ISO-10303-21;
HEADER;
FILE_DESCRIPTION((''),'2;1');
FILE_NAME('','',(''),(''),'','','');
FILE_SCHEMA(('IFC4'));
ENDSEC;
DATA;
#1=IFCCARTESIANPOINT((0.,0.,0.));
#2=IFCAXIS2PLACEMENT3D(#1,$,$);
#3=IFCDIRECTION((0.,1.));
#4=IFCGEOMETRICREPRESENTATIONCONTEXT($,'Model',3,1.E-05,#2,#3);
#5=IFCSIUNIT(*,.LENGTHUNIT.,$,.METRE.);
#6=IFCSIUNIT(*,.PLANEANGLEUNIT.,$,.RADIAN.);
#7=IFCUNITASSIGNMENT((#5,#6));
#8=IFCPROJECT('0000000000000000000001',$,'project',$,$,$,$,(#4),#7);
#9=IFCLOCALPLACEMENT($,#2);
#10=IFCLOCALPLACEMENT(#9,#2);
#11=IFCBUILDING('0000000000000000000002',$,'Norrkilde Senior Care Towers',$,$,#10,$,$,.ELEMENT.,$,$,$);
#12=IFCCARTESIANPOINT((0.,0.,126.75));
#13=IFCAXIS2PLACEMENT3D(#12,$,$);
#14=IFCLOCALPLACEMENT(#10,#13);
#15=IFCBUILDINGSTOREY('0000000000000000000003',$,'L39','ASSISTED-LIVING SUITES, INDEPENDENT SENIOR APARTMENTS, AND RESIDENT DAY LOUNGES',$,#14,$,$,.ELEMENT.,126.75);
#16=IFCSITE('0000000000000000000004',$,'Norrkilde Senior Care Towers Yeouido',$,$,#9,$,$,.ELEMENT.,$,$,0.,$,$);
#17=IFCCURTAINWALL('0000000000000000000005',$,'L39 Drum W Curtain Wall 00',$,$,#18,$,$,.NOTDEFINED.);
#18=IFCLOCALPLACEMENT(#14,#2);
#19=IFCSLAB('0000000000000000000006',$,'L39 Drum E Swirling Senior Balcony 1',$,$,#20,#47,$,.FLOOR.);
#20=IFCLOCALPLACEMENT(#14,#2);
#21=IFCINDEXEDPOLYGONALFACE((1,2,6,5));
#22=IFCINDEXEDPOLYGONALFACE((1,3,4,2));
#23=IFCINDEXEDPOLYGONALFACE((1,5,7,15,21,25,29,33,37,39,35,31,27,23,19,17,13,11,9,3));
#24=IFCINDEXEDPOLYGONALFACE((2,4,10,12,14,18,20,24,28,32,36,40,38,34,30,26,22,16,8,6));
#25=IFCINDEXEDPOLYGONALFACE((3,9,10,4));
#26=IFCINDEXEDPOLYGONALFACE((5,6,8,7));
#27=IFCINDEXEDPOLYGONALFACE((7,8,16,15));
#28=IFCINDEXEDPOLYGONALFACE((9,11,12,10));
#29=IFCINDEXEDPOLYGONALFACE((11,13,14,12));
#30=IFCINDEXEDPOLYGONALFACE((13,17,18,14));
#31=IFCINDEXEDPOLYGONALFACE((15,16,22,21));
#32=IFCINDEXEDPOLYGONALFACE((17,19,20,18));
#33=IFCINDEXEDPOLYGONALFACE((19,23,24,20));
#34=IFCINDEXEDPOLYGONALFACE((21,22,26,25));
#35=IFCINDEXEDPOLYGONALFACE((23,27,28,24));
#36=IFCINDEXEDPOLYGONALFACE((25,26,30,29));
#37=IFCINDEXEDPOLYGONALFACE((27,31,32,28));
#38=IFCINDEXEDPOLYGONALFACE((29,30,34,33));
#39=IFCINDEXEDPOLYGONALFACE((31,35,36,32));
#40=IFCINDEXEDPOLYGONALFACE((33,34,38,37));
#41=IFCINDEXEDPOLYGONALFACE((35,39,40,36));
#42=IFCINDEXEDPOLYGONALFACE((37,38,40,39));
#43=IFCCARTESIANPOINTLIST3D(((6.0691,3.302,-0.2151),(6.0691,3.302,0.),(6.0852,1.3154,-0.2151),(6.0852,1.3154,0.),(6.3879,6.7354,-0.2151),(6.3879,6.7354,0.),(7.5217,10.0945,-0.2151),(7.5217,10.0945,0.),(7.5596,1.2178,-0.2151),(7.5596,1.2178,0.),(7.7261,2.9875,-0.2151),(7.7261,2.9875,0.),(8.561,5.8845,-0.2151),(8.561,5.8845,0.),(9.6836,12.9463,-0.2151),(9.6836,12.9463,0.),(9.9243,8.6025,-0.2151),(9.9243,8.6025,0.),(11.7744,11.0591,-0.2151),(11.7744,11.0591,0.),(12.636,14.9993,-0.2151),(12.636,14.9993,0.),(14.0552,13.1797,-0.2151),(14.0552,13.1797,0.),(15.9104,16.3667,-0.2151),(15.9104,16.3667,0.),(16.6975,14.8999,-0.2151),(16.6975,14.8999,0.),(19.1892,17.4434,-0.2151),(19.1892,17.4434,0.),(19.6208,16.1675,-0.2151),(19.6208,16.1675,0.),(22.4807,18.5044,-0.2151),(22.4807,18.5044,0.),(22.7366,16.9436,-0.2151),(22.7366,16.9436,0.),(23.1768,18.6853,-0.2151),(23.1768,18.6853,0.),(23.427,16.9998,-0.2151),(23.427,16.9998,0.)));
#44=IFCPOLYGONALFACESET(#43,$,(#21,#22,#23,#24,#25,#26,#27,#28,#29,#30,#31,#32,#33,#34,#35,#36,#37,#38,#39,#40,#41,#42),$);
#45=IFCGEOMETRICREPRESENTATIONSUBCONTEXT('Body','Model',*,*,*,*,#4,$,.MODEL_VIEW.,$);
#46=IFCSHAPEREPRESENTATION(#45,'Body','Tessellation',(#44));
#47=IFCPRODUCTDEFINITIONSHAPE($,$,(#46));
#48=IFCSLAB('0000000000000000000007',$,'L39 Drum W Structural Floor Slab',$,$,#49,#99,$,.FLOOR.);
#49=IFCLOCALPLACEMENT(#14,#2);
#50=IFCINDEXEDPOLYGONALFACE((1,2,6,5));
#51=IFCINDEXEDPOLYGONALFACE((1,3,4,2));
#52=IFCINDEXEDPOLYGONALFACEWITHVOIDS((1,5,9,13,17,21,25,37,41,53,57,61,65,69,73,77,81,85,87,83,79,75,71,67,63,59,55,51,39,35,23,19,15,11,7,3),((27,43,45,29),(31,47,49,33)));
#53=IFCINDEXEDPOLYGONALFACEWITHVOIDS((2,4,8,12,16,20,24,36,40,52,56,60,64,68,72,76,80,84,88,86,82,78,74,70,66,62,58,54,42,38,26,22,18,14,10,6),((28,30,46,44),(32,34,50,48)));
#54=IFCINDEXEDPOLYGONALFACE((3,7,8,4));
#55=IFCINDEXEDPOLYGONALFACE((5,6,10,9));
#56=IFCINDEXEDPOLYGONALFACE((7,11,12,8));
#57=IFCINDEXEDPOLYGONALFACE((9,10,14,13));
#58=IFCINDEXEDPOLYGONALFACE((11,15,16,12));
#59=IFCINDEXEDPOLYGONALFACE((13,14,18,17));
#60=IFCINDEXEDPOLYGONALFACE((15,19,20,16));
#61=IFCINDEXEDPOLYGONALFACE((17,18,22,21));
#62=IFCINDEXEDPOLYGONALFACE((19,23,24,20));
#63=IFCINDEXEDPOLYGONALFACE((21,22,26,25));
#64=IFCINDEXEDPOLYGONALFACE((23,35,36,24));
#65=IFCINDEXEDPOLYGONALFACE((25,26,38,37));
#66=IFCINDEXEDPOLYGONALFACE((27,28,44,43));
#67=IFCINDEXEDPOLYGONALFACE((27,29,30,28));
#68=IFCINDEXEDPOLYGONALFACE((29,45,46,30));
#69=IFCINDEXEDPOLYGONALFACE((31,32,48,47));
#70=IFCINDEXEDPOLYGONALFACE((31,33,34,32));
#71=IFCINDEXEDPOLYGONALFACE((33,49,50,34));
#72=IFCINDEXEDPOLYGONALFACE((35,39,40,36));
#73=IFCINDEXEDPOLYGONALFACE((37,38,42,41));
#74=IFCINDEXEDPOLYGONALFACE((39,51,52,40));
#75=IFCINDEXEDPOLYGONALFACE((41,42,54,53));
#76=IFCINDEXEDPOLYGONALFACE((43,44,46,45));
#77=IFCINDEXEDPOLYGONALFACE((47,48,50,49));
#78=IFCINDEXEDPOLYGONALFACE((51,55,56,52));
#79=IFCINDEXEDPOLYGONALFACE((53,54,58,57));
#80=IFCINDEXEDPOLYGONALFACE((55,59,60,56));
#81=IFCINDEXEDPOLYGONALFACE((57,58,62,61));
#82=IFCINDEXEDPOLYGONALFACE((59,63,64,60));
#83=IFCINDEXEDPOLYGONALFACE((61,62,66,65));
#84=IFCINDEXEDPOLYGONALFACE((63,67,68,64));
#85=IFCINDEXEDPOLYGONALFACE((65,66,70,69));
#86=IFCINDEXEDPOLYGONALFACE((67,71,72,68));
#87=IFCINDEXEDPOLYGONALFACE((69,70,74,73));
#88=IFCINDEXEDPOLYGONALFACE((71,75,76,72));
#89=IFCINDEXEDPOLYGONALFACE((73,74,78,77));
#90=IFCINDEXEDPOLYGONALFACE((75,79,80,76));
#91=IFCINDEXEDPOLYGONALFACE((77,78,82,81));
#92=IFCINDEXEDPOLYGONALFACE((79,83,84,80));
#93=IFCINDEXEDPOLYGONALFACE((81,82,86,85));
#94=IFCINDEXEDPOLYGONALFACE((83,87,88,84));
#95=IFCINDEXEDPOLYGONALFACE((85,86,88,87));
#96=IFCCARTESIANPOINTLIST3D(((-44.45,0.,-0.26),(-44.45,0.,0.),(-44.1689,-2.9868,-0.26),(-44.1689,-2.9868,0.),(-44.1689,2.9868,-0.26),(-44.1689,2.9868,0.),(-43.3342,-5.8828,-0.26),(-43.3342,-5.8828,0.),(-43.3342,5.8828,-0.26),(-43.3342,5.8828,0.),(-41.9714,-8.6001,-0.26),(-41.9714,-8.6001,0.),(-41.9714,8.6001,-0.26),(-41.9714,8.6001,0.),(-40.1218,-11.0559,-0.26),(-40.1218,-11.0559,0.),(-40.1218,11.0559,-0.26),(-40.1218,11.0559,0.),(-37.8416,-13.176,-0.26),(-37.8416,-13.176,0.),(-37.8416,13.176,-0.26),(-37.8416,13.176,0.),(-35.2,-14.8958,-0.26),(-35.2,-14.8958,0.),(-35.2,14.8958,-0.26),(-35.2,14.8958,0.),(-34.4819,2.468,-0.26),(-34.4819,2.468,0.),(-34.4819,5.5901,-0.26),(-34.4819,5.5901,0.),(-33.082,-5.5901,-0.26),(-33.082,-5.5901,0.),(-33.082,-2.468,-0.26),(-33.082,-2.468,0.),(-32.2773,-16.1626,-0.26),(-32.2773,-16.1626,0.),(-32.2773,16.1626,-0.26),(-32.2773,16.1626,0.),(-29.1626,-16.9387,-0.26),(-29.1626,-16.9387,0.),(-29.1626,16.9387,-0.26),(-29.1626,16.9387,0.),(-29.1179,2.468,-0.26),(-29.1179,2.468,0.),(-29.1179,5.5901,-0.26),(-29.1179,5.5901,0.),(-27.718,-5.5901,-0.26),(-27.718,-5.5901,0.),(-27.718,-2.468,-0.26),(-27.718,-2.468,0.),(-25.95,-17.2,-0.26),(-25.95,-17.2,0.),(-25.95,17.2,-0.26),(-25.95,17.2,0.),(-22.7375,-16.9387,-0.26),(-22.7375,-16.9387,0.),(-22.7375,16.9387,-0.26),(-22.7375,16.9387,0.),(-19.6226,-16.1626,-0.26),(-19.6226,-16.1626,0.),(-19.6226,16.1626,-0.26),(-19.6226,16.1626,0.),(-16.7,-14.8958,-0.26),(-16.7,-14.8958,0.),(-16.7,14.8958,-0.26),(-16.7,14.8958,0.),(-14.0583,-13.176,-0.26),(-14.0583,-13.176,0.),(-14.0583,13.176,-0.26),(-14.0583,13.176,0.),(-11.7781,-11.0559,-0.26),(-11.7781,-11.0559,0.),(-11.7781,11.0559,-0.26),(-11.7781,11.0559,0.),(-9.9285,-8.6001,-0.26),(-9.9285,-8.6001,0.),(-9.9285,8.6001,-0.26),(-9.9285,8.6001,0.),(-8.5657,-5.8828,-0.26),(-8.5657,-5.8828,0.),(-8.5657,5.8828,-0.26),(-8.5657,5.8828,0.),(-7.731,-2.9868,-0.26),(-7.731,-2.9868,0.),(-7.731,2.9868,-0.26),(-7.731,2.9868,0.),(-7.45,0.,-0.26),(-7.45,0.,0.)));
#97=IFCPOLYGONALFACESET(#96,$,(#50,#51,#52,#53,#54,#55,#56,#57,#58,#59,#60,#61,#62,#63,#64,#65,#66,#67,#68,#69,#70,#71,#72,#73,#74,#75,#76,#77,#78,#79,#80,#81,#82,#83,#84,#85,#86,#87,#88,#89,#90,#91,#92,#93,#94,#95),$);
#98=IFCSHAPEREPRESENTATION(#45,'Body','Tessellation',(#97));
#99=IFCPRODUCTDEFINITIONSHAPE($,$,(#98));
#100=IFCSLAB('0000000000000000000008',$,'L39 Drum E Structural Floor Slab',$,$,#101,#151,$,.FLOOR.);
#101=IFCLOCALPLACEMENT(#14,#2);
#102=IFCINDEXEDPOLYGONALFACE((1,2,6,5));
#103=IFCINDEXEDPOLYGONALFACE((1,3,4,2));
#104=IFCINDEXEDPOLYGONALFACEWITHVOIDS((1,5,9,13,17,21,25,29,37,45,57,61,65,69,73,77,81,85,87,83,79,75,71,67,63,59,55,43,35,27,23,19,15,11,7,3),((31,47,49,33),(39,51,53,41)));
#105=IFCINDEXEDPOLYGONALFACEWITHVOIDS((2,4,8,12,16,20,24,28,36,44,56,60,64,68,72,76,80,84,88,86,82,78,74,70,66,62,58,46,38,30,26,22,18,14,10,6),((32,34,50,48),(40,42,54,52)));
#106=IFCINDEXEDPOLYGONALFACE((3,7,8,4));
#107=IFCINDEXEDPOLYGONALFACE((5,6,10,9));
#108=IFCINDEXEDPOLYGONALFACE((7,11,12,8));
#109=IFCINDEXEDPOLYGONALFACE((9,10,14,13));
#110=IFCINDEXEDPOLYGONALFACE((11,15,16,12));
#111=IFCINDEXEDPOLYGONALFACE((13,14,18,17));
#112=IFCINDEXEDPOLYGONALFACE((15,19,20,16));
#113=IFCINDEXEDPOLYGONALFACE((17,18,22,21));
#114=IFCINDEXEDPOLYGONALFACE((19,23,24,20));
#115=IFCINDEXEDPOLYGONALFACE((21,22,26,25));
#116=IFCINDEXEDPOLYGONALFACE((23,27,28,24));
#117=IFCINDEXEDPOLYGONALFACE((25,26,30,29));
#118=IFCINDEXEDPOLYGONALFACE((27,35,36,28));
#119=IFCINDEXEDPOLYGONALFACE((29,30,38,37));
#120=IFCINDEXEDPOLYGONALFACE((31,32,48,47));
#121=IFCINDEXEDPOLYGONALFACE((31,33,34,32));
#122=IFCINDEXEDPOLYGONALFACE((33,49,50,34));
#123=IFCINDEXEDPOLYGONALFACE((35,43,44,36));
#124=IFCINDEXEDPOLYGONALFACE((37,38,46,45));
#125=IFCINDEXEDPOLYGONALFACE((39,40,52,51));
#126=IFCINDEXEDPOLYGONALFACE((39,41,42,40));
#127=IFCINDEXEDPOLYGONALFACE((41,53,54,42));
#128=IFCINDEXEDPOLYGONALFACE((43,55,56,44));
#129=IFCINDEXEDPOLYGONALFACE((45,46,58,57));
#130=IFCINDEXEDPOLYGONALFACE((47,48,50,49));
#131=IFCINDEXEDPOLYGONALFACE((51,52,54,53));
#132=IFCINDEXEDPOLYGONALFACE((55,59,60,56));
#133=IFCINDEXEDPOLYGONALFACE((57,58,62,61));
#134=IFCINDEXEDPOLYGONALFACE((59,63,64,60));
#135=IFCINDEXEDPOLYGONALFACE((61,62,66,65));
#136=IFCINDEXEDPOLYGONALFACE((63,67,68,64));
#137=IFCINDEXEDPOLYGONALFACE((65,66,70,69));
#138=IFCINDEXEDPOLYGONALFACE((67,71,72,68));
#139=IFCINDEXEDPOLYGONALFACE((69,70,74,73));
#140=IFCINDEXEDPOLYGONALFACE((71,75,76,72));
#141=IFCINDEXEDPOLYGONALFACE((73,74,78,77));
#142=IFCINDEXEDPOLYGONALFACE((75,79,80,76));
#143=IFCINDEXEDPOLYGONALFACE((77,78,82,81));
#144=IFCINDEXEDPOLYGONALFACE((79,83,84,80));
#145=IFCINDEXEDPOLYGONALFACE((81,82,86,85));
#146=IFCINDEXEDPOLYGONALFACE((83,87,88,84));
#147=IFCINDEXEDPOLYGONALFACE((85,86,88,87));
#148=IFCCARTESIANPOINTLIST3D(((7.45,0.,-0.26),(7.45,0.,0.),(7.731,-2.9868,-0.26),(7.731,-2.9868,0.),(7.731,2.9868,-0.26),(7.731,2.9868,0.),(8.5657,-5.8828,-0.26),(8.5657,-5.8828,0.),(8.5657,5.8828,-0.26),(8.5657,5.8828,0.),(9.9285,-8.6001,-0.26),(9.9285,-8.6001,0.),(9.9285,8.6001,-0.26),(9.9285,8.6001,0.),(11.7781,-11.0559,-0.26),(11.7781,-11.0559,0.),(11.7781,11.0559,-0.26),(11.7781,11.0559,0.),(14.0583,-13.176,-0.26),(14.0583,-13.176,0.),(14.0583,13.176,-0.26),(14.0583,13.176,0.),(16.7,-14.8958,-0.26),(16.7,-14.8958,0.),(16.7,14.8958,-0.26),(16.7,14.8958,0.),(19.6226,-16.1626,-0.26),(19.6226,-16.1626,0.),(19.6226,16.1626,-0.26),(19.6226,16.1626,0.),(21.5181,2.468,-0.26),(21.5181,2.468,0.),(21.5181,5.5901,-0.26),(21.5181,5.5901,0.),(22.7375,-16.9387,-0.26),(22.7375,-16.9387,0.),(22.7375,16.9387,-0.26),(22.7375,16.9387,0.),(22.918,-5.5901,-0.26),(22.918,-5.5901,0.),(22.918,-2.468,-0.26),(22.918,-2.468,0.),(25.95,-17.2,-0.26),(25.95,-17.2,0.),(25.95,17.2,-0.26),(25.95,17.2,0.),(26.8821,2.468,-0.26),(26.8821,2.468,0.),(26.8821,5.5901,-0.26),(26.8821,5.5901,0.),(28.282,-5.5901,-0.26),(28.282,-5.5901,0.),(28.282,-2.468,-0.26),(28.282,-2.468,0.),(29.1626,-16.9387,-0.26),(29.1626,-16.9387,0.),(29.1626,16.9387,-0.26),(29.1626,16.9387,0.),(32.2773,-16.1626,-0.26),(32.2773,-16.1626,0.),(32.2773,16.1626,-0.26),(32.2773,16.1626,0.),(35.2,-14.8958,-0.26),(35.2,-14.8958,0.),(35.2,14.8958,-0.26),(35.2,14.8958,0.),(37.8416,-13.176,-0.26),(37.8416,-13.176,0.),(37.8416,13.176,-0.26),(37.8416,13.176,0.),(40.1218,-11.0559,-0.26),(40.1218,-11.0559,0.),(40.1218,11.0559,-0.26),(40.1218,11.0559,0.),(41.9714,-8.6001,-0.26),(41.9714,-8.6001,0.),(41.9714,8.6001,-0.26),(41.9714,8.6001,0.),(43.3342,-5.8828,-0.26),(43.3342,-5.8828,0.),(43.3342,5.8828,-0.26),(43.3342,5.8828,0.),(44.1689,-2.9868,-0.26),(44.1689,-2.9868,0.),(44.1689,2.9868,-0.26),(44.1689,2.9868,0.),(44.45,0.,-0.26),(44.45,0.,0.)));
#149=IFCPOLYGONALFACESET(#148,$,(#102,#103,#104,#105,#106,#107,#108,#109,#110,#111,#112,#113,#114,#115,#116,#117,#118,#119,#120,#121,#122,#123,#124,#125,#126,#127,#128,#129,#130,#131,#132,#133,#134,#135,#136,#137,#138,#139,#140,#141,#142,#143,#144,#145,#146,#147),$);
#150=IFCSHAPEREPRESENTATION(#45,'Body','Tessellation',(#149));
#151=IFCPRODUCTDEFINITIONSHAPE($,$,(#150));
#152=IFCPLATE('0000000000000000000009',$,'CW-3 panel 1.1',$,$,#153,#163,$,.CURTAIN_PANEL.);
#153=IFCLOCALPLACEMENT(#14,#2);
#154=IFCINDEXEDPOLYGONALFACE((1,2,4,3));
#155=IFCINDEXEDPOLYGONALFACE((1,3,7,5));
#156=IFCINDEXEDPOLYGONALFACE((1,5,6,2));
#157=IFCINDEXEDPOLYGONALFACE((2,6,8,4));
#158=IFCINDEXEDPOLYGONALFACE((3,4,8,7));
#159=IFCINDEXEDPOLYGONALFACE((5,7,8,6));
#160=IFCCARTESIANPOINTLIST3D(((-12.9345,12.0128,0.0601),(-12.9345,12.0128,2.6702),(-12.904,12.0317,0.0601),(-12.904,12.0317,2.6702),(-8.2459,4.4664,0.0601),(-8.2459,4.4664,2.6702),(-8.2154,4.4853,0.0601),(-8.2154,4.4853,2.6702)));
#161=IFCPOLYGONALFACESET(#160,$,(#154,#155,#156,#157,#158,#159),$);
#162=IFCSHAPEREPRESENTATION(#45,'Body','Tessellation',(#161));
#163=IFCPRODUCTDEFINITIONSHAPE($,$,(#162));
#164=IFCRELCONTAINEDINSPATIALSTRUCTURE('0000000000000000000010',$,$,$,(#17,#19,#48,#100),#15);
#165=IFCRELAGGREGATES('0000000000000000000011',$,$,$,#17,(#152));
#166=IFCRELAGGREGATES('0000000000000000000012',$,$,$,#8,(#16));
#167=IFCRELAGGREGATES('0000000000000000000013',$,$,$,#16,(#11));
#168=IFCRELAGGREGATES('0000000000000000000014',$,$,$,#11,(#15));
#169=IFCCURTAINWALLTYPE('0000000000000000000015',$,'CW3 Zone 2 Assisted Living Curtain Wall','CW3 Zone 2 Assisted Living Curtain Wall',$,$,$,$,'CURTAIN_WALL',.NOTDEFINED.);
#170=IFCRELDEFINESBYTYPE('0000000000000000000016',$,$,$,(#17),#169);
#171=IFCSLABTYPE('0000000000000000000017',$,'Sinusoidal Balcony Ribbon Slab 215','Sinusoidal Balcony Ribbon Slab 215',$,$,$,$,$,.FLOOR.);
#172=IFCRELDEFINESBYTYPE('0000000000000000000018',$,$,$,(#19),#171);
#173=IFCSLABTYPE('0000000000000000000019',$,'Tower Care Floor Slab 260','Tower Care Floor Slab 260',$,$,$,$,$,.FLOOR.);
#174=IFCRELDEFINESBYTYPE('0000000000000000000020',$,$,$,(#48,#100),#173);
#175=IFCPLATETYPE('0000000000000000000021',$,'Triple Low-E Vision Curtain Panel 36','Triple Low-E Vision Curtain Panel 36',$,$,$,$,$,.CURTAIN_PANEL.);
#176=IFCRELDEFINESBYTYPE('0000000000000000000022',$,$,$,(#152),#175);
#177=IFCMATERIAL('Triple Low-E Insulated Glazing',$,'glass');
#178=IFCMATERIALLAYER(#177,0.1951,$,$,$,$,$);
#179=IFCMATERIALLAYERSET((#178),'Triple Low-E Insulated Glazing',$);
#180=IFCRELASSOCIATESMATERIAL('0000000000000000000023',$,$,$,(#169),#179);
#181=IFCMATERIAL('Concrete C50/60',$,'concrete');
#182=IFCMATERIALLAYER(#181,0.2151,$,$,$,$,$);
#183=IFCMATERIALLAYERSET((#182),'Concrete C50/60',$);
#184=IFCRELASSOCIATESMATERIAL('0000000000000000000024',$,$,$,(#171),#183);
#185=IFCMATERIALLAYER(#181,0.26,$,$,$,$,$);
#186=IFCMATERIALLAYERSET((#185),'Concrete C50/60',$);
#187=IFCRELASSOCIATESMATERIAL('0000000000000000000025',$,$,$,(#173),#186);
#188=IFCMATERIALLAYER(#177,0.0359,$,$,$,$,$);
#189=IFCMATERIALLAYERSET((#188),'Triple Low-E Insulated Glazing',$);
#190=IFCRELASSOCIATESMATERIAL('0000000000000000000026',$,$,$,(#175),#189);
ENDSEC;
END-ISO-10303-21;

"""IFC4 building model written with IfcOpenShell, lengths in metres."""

from ifc_helpers import new_model, si_unit, direction, frame, origin, origin_2d, place, context, subcontext, project, spatial, polyline, rectangle, outline, extrude, source, transform, mapped, material, layer, layer_set, type_object, type_shapes, element, aggregate, save


model = new_model("IFC4")

# Units and contexts
model_context = context("Model", 3, precision=1e-05, world=origin(), true_north=direction((0.0, 1.0)))
body_context = subcontext(model_context, "Body", "Model", "MODEL_VIEW")
ifc_project = project(units=[si_unit("LENGTHUNIT", "METRE"), si_unit("PLANEANGLEUNIT", "RADIAN")], contexts=[model_context])

# Site, building, storey
site_placement = place(None, origin())
site = spatial("IfcSite", under=ifc_project, at=site_placement, Name="Norrkilde Senior Care Towers Yeouido", CompositionType="ELEMENT", RefElevation=0.0)
building_placement = place(site_placement, origin())
building = spatial("IfcBuilding", under=site, at=building_placement, Name="Norrkilde Senior Care Towers", CompositionType="ELEMENT")
storey_placement = place(building_placement, frame((0.0, 0.0, 126.75)))
storey = spatial("IfcBuildingStorey", under=building, at=storey_placement, Name="L39", Description="ASSISTED-LIVING SUITES, INDEPENDENT SENIOR APARTMENTS, AND RESIDENT DAY LOUNGES", CompositionType="ELEMENT", Elevation=126.75)

# Curtain wall
ifc_material_1 = material(Name="Triple Low-E Insulated Glazing", Category="glass")
ifc_layer_1 = layer(ifc_material_1, 0.1951)
ifc_layer_set_1 = layer_set([ifc_layer_1], Name="Triple Low-E Insulated Glazing")
curtain_wall_type = type_object("IfcCurtainWallType", Name="CW3 Zone 2 Assisted Living Curtain Wall", Description="CW3 Zone 2 Assisted Living Curtain Wall", ElementType="CURTAIN_WALL", PredefinedType="NOTDEFINED", material=ifc_layer_set_1)
curtain_wall_placement = place(storey_placement, origin())
curtain_wall = element("IfcCurtainWall", 1, at=curtain_wall_placement, inside=storey, type_object=curtain_wall_type, Name="L39 Drum W Curtain Wall 00", PredefinedType="NOTDEFINED")

# Slabs
ifc_material_2 = material(Name="Concrete C50/60", Category="concrete")
ifc_layer_2 = layer(ifc_material_2, 0.2151)
ifc_layer_set_2 = layer_set([ifc_layer_2], Name="Concrete C50/60")
slab_type_1 = type_object("IfcSlabType", Name="Sinusoidal Balcony Ribbon Slab 215", Description="Sinusoidal Balcony Ribbon Slab 215", PredefinedType="FLOOR", material=ifc_layer_set_2)
slab_1_placement = place(storey_placement, frame((0.0, 0.0, -0.2151)))
element("IfcSlab", 2, at=slab_1_placement, inside=storey, type_object=slab_type_1, Name="L39 Drum E Swirling Senior Balcony 1", PredefinedType="FLOOR", context=body_context, shape_type="SweptSolid", body=[
    extrude(outline(polyline([(6.3879, 6.7354), (7.5217, 10.0945), (9.6836, 12.9463), (12.636, 14.9993), (15.9104, 16.3667), (19.1892, 17.4434), (22.4807, 18.5044), (23.1768, 18.6853), (23.427, 16.9998), (22.7366, 16.9436), (19.6208, 16.1675), (16.6975, 14.8999), (14.0552, 13.1797), (11.7744, 11.0591), (9.9243, 8.6025), (8.561, 5.8845), (7.7261, 2.9875), (7.5596, 1.2178), (6.0852, 1.3154), (6.0691, 3.302), (6.3879, 6.7354)])), origin(), (0.0, 0.0, 1.0), 0.2151),
])
ifc_layer_3 = layer(ifc_material_2, 0.26)
ifc_layer_set_3 = layer_set([ifc_layer_3], Name="Concrete C50/60")
slab_type_2 = type_object("IfcSlabType", Name="Tower Care Floor Slab 260", Description="Tower Care Floor Slab 260", PredefinedType="FLOOR", material=ifc_layer_set_3)
slab_2_placement = place(storey_placement, frame((0.0, 0.0, -0.26)))
element("IfcSlab", 3, at=slab_2_placement, inside=storey, type_object=slab_type_2, Name="L39 Drum W Structural Floor Slab", PredefinedType="FLOOR", context=body_context, shape_type="SweptSolid", body=[
    extrude(outline(polyline([(-8.5657, -5.8828), (-9.9285, -8.6001), (-11.7781, -11.0559), (-14.0583, -13.176), (-16.7, -14.8958), (-19.6226, -16.1626), (-22.7375, -16.9387), (-25.95, -17.2), (-29.1626, -16.9387), (-32.2773, -16.1626), (-35.2, -14.8958), (-37.8416, -13.176), (-40.1218, -11.0559), (-41.9714, -8.6001), (-43.3342, -5.8828), (-44.1689, -2.9868), (-44.45, 0.0), (-44.1689, 2.9868), (-43.3342, 5.8828), (-41.9714, 8.6001), (-40.1218, 11.0559), (-37.8416, 13.176), (-35.2, 14.8958), (-32.2773, 16.1626), (-29.1626, 16.9387), (-25.95, 17.2), (-22.7375, 16.9387), (-19.6226, 16.1626), (-16.7, 14.8958), (-14.0583, 13.176), (-11.7781, 11.0559), (-9.9285, 8.6001), (-8.5657, 5.8828), (-7.731, 2.9868), (-7.45, 0.0), (-7.731, -2.9868), (-8.5657, -5.8828)]), holes=[polyline([(-34.4819, 2.468), (-29.1179, 2.468), (-29.1179, 5.5901), (-34.4819, 5.5901), (-34.4819, 2.468)]), polyline([(-27.718, -5.5901), (-27.718, -2.468), (-33.082, -2.468), (-33.082, -5.5901), (-27.718, -5.5901)])]), origin(), (0.0, 0.0, 1.0), 0.26),
])
slab_3_placement = place(storey_placement, frame((0.0, 0.0, -0.26)))
element("IfcSlab", 4, at=slab_3_placement, inside=storey, type_object=slab_type_2, Name="L39 Drum E Structural Floor Slab", PredefinedType="FLOOR", context=body_context, shape_type="SweptSolid", body=[
    extrude(outline(polyline([(43.3342, -5.8828), (41.9714, -8.6001), (40.1218, -11.0559), (37.8416, -13.176), (35.2, -14.8958), (32.2773, -16.1626), (29.1626, -16.9387), (25.95, -17.2), (22.7375, -16.9387), (19.6226, -16.1626), (16.7, -14.8958), (14.0583, -13.176), (11.7781, -11.0559), (9.9285, -8.6001), (8.5657, -5.8828), (7.731, -2.9868), (7.45, 0.0), (7.731, 2.9868), (8.5657, 5.8828), (9.9285, 8.6001), (11.7781, 11.0559), (14.0583, 13.176), (16.7, 14.8958), (19.6226, 16.1626), (22.7375, 16.9387), (25.95, 17.2), (29.1626, 16.9387), (32.2773, 16.1626), (35.2, 14.8958), (37.8416, 13.176), (40.1218, 11.0559), (41.9714, 8.6001), (43.3342, 5.8828), (44.1689, 2.9868), (44.45, 0.0), (44.1689, -2.9868), (43.3342, -5.8828)]), holes=[polyline([(21.5181, 2.468), (26.8821, 2.468), (26.8821, 5.5901), (21.5181, 5.5901), (21.5181, 2.468)]), polyline([(28.282, -5.5901), (28.282, -2.468), (22.918, -2.468), (22.918, -5.5901), (28.282, -5.5901)])]), origin(), (0.0, 0.0, 1.0), 0.26),
])

# Plate
ifc_layer_4 = layer(ifc_material_1, 0.0359)
ifc_layer_set_4 = layer_set([ifc_layer_4], Name="Triple Low-E Insulated Glazing")
plate_type = type_object("IfcPlateType", Name="Triple Low-E Vision Curtain Panel 36", Description="Triple Low-E Vision Curtain Panel 36", PredefinedType="CURTAIN_PANEL", material=ifc_layer_set_4)
shared_shape_1 = source(origin(), body_context, "Body", "SweptSolid", [
    extrude(rectangle(XDim=8.8843, YDim=0.0359, at=origin_2d()), origin(), (0.0, 0.0, 1.0), 2.6101),
])
type_shapes(plate_type, [shared_shape_1])
plate_placement = place(storey_placement, frame((-10.575, 8.249, 0.0601), z_axis=(0.0, 0.0, 1.0), x_axis=(0.527733, -0.84941, 0.0)))
plate = element("IfcPlate", 5, at=plate_placement, type_object=plate_type, Name="CW-3 panel 1.1", PredefinedType="CURTAIN_PANEL", context=body_context, shape_type="MappedRepresentation", body=[
    mapped(shared_shape_1, transform((0.0, 0.0, 0.0), x_axis=(1.0, 0.0, 0.0), y_axis=(0.0, 1.0, 0.0), z_axis=(0.0, 0.0, 1.0), scale=1.0)),
])
aggregate(curtain_wall, [plate])

save(model, "model.ifc")
